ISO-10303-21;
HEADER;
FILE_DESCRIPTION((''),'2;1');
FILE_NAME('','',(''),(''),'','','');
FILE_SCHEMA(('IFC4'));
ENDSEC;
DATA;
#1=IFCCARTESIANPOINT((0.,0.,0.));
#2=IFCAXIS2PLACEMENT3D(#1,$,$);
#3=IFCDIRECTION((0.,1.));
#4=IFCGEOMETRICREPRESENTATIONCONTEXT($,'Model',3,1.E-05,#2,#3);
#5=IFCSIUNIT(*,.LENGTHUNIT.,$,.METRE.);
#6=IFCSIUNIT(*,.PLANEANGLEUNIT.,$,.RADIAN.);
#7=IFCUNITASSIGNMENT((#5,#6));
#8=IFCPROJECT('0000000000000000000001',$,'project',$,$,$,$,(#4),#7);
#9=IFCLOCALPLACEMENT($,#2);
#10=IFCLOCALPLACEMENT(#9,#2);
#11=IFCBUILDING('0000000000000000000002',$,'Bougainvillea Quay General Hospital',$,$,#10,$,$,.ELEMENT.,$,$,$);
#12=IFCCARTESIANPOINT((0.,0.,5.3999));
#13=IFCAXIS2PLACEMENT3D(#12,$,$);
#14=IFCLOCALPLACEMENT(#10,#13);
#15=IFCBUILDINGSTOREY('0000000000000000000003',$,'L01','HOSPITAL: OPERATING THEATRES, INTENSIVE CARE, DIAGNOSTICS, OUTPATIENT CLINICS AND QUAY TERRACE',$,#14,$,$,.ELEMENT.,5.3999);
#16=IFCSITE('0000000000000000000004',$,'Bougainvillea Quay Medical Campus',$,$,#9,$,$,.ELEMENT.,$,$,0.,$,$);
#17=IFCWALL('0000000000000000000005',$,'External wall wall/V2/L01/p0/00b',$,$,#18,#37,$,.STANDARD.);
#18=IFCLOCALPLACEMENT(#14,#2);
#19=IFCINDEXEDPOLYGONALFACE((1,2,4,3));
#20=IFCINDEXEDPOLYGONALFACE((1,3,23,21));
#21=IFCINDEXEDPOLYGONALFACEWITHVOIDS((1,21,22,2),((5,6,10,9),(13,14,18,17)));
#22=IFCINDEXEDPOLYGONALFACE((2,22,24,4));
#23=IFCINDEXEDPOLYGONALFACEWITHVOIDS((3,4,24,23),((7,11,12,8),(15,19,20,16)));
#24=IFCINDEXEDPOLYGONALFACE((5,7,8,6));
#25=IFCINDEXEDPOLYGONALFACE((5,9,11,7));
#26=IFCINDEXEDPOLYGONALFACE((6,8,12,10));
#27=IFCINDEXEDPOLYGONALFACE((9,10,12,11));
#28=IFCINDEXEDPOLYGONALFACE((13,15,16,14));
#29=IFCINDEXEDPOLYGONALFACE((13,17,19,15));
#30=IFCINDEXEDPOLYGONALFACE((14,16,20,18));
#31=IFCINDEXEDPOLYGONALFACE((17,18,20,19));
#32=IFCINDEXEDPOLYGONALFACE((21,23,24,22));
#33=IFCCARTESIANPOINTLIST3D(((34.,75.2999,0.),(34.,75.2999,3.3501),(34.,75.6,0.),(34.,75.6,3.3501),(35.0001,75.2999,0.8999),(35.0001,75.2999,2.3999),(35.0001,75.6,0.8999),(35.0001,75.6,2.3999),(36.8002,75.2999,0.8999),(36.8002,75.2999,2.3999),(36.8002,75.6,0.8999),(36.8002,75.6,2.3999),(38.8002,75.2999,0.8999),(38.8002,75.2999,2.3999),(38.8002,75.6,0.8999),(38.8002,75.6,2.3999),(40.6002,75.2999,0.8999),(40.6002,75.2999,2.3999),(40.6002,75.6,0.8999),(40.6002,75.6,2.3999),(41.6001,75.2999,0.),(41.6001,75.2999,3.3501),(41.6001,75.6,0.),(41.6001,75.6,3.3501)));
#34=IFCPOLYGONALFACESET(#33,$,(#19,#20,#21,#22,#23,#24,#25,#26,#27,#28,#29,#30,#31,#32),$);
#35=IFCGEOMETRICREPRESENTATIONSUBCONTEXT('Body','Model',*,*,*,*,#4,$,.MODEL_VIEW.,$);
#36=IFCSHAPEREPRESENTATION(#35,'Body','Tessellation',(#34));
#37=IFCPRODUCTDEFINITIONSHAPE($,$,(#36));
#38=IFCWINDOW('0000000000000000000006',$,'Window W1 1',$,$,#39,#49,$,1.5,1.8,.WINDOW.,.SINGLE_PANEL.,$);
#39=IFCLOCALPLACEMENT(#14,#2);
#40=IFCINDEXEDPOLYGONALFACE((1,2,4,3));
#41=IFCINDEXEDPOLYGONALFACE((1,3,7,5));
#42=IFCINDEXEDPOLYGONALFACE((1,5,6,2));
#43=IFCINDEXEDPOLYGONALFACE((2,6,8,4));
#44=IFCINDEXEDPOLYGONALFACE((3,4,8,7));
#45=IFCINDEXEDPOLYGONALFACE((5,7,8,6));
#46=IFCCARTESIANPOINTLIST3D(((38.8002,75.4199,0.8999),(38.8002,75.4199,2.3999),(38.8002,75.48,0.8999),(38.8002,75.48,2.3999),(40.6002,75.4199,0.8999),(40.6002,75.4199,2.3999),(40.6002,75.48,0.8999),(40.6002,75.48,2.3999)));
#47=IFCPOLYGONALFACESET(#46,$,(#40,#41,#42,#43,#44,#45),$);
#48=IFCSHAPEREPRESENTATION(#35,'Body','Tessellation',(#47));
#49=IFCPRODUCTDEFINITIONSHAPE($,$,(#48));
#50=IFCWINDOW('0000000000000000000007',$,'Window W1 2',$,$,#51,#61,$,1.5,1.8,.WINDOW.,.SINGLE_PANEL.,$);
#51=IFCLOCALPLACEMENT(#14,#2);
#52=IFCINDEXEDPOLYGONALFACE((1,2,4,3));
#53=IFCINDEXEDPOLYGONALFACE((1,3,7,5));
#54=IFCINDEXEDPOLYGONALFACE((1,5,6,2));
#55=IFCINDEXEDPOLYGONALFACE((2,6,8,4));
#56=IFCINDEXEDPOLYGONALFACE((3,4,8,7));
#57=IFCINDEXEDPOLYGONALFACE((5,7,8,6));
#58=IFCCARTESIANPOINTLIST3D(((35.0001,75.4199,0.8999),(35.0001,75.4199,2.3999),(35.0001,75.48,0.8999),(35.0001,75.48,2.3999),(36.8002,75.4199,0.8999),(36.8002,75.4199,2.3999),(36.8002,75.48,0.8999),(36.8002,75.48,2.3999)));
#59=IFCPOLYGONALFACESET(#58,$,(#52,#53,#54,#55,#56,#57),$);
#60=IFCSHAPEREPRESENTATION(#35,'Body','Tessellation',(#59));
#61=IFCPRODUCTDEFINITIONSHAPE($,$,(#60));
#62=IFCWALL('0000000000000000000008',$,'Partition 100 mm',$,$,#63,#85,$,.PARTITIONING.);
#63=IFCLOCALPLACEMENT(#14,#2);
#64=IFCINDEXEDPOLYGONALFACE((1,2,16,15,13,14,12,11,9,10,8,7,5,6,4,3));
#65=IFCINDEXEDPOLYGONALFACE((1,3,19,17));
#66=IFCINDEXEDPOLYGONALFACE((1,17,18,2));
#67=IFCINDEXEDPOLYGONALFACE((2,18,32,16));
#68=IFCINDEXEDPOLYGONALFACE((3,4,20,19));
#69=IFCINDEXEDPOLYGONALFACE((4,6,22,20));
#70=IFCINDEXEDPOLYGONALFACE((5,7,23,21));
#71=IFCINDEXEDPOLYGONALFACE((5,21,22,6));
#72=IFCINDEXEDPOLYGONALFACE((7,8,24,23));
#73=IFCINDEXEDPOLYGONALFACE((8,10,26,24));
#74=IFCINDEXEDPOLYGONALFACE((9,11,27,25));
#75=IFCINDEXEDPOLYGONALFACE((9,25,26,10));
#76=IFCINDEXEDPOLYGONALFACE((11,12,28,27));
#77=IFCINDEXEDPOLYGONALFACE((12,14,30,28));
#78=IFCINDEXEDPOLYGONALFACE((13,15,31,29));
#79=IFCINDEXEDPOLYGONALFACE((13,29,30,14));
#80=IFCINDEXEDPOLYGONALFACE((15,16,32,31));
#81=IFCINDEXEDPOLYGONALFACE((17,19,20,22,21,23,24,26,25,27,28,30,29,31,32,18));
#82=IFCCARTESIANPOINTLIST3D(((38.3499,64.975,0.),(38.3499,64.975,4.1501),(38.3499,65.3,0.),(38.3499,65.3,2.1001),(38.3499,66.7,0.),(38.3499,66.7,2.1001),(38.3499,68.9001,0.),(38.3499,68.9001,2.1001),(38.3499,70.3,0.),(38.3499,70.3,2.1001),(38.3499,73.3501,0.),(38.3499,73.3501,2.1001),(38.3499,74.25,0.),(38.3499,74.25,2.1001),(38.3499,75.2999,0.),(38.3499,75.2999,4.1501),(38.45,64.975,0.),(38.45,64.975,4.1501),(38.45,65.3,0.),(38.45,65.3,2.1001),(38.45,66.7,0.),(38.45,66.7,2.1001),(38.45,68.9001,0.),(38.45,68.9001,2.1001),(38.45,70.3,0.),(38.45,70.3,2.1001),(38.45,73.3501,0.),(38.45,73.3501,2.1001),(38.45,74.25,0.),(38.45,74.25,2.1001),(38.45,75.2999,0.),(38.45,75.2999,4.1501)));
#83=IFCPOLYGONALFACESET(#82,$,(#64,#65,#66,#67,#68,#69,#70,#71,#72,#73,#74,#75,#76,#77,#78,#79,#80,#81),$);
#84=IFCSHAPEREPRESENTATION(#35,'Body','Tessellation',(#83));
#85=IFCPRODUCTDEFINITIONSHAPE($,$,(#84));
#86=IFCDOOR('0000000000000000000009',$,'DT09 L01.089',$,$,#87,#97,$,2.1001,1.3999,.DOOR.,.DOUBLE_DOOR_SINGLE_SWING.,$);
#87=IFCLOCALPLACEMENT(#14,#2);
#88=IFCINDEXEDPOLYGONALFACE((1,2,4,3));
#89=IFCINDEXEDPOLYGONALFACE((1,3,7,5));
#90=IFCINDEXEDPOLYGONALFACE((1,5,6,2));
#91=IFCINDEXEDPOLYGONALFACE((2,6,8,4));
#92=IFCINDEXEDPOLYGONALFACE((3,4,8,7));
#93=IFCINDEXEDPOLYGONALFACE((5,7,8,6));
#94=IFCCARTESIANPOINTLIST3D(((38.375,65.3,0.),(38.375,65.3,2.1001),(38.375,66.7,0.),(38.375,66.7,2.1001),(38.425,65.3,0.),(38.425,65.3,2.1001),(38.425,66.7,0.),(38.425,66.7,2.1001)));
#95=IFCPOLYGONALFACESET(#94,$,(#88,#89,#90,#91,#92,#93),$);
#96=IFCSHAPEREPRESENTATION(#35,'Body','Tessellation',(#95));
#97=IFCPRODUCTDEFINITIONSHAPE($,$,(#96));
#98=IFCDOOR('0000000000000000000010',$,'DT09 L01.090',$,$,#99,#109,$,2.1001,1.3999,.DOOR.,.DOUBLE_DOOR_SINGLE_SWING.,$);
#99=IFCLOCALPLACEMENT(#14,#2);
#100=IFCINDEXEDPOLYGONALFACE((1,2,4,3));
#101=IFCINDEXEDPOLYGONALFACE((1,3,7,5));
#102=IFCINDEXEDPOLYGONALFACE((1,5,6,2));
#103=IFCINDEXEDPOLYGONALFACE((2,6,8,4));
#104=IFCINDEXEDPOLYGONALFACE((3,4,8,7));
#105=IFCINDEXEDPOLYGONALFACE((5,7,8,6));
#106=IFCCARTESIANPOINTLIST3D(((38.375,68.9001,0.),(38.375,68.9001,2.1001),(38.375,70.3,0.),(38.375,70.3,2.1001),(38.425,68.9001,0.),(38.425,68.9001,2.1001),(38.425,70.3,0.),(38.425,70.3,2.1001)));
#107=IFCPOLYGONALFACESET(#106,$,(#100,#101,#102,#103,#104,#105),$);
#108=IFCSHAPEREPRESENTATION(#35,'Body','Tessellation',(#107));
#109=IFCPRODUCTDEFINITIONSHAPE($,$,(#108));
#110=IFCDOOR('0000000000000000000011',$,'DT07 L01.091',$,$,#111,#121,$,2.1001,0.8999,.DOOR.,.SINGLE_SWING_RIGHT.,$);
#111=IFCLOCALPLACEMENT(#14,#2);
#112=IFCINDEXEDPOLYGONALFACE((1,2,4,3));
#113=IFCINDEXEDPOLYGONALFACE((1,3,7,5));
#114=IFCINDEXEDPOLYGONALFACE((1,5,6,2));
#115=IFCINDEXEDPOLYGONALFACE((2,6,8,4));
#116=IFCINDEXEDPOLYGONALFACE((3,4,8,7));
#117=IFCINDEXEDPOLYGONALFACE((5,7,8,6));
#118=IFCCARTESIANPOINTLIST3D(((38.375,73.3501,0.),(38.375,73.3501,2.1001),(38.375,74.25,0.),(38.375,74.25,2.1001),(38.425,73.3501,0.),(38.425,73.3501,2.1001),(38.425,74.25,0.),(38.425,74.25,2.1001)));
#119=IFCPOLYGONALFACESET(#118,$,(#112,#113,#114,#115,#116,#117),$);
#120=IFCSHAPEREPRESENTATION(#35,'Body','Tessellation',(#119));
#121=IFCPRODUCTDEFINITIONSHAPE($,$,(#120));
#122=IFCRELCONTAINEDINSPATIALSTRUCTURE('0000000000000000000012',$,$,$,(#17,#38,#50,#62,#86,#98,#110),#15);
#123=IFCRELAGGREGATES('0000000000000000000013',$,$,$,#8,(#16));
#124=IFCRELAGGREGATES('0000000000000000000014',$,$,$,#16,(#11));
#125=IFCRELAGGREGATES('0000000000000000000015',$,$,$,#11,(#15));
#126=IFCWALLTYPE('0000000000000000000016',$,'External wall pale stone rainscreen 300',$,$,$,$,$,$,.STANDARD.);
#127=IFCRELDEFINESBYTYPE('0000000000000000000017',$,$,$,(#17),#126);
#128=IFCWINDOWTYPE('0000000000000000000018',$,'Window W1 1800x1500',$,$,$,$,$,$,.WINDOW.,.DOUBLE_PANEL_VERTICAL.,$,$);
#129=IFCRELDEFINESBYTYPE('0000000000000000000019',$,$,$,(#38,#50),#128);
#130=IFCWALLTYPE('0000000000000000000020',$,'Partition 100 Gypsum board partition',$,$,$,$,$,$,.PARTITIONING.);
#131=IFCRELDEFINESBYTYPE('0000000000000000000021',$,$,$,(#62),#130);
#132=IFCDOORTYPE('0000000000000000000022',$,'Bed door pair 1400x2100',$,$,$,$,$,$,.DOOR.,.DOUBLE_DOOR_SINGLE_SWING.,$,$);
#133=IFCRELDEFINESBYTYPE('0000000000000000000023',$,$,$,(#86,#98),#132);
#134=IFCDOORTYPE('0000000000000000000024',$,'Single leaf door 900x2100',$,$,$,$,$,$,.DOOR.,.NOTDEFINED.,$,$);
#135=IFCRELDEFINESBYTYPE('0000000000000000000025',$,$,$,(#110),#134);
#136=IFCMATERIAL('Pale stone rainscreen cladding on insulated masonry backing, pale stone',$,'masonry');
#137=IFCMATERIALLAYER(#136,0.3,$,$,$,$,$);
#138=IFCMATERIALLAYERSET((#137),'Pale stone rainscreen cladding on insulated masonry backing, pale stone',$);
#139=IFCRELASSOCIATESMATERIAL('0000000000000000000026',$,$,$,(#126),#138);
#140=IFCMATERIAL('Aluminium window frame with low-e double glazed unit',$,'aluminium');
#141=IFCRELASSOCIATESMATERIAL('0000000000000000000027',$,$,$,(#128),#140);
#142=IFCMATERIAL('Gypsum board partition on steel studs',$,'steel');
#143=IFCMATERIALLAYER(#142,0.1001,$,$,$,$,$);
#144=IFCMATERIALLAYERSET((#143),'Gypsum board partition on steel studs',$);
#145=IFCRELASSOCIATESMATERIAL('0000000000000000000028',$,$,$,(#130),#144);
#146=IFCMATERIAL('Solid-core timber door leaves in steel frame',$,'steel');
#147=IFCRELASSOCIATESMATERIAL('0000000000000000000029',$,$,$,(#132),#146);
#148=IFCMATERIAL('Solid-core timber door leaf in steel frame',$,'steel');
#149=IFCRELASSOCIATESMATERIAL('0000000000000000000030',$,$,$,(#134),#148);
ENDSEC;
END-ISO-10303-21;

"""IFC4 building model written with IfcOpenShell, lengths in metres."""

from ifc_helpers import new_model, si_unit, direction, frame, frame_2d, origin, place, context, subcontext, project, spatial, rectangle, extrude, material, layer, layer_set, type_object, element, fill, save


model = new_model("IFC4")

# Units and contexts
model_context = context("Model", 3, precision=1e-05, world=origin(), true_north=direction((0.0, 1.0)))
body_context = subcontext(model_context, "Body", "Model", "MODEL_VIEW")
ifc_project = project(units=[si_unit("LENGTHUNIT", "METRE"), si_unit("PLANEANGLEUNIT", "RADIAN")], contexts=[model_context])

# Site, building, storey
site_placement = place(None, origin())
site = spatial("IfcSite", under=ifc_project, at=site_placement, Name="Bougainvillea Quay Medical Campus", CompositionType="ELEMENT", RefElevation=0.0)
building_placement = place(site_placement, origin())
building = spatial("IfcBuilding", under=site, at=building_placement, Name="Bougainvillea Quay General Hospital", CompositionType="ELEMENT")
storey_placement = place(building_placement, frame((0.0, 0.0, 5.3999)))
storey = spatial("IfcBuildingStorey", under=building, at=storey_placement, Name="L01", Description="HOSPITAL: OPERATING THEATRES, INTENSIVE CARE, DIAGNOSTICS, OUTPATIENT CLINICS AND QUAY TERRACE", CompositionType="ELEMENT", Elevation=5.3999)

# Wall, openings, windows
ifc_material_1 = material(Name="Pale stone rainscreen cladding on insulated masonry backing, pale stone", Category="masonry")
ifc_layer_1 = layer(ifc_material_1, 0.3)
ifc_layer_set_1 = layer_set([ifc_layer_1], Name="Pale stone rainscreen cladding on insulated masonry backing, pale stone")
wall_type_1 = type_object("IfcWallType", Name="External wall pale stone rainscreen 300", PredefinedType="STANDARD", material=ifc_layer_set_1)
wall_1_placement = place(storey_placement, frame((41.6001, 75.45, 0.0), z_axis=(0.0, 0.0, 1.0), x_axis=(-1.0, 0.0, 0.0)))
wall_1 = element("IfcWall", 1, at=wall_1_placement, inside=storey, type_object=wall_type_1, Name="External wall wall/V2/L01/p0/00b", PredefinedType="STANDARD", context=body_context, shape_type="SweptSolid", body=[
    extrude(rectangle(XDim=7.6001, YDim=0.3, at=frame_2d((3.8, 0.0))), origin(), (0.0, 0.0, 1.0), 3.3501),
])
opening_1_placement = place(wall_1_placement, frame((1.0, 0.0, 0.8999)))
opening_1 = element("IfcOpeningElement", 2, at=opening_1_placement, cuts=wall_1, PredefinedType="OPENING", context=body_context, shape_type="SweptSolid", body=[
    extrude(rectangle(XDim=1.8, YDim=1.5, at=frame_2d((0.8999, 0.75))), frame((0.0, 0.1599, 0.0), z_axis=(0.0, -1.0, 0.0), x_axis=(1.0, 0.0, 0.0)), (0.0, 0.0, 1.0), 0.3201),
])
opening_2_placement = place(wall_1_placement, frame((4.8, 0.0, 0.8999)))
opening_2 = element("IfcOpeningElement", 3, at=opening_2_placement, cuts=wall_1, PredefinedType="OPENING", context=body_context, shape_type="SweptSolid", body=[
    extrude(rectangle(XDim=1.8, YDim=1.5, at=frame_2d((0.8999, 0.75))), frame((0.0, 0.1599, 0.0), z_axis=(0.0, -1.0, 0.0), x_axis=(1.0, 0.0, 0.0)), (0.0, 0.0, 1.0), 0.3201),
])
ifc_material_2 = material(Name="Aluminium window frame with low-e double glazed unit", Category="aluminium")
window_type = type_object("IfcWindowType", Name="Window W1 1800x1500", PartitioningType="DOUBLE_PANEL_VERTICAL", PredefinedType="WINDOW", material=ifc_material_2)
window_1_placement = place(opening_1_placement, origin())
window_1 = element("IfcWindow", 4, at=window_1_placement, inside=storey, type_object=window_type, Name="Window W1 1", OverallHeight=1.5, OverallWidth=1.8, PartitioningType="SINGLE_PANEL", PredefinedType="WINDOW", context=body_context, shape_type="SweptSolid", body=[
    extrude(rectangle(XDim=1.8, YDim=1.5, at=frame_2d((0.8999, 0.75))), frame((0.0, 0.03, 0.0), z_axis=(0.0, -1.0, 0.0), x_axis=(1.0, 0.0, 0.0)), (0.0, 0.0, 1.0), 0.0601),
])
fill(opening_1, window_1)
window_2_placement = place(opening_2_placement, origin())
window_2 = element("IfcWindow", 5, at=window_2_placement, inside=storey, type_object=window_type, Name="Window W1 2", OverallHeight=1.5, OverallWidth=1.8, PartitioningType="SINGLE_PANEL", PredefinedType="WINDOW", context=body_context, shape_type="SweptSolid", body=[
    extrude(rectangle(XDim=1.8, YDim=1.5, at=frame_2d((0.8999, 0.75))), frame((0.0, 0.03, 0.0), z_axis=(0.0, -1.0, 0.0), x_axis=(1.0, 0.0, 0.0)), (0.0, 0.0, 1.0), 0.0601),
])
fill(opening_2, window_2)

# Wall, openings, doors
ifc_material_3 = material(Name="Gypsum board partition on steel studs", Category="steel")
ifc_layer_2 = layer(ifc_material_3, 0.1001)
ifc_layer_set_2 = layer_set([ifc_layer_2], Name="Gypsum board partition on steel studs")
wall_type_2 = type_object("IfcWallType", Name="Partition 100 Gypsum board partition", PredefinedType="PARTITIONING", material=ifc_layer_set_2)
wall_2_placement = place(storey_placement, frame((38.3999, 75.3, 0.0), z_axis=(0.0, 0.0, 1.0), x_axis=(0.0, -1.0, 0.0)))
wall_2 = element("IfcWall", 6, at=wall_2_placement, inside=storey, type_object=wall_type_2, Name="Partition 100 mm", PredefinedType="PARTITIONING", context=body_context, shape_type="SweptSolid", body=[
    extrude(rectangle(XDim=10.325, YDim=0.1001, at=frame_2d((5.1626, 0.0))), origin(), (0.0, 0.0, 1.0), 4.1501),
])
opening_3_placement = place(wall_2_placement, frame((8.6001, 0.0, 0.0)))
opening_3 = element("IfcOpeningElement", 7, at=opening_3_placement, cuts=wall_2, PredefinedType="OPENING", context=body_context, shape_type="SweptSolid", body=[
    extrude(rectangle(XDim=1.3999, YDim=2.1001, at=frame_2d((0.7, 1.05))), frame((0.0, 0.0601, 0.0), z_axis=(0.0, -1.0, 0.0), x_axis=(1.0, 0.0, 0.0)), (0.0, 0.0, 1.0), 0.1201),
])
opening_4_placement = place(wall_2_placement, frame((5.0, 0.0, 0.0)))
opening_4 = element("IfcOpeningElement", 8, at=opening_4_placement, cuts=wall_2, PredefinedType="OPENING", context=body_context, shape_type="SweptSolid", body=[
    extrude(rectangle(XDim=1.3999, YDim=2.1001, at=frame_2d((0.7, 1.05))), frame((0.0, 0.0601, 0.0), z_axis=(0.0, -1.0, 0.0), x_axis=(1.0, 0.0, 0.0)), (0.0, 0.0, 1.0), 0.1201),
])
opening_5_placement = place(wall_2_placement, frame((1.05, 0.0, 0.0)))
opening_5 = element("IfcOpeningElement", 9, at=opening_5_placement, cuts=wall_2, PredefinedType="OPENING", context=body_context, shape_type="SweptSolid", body=[
    extrude(rectangle(XDim=0.8999, YDim=2.1001, at=frame_2d((0.45, 1.05))), frame((0.0, 0.0601, 0.0), z_axis=(0.0, -1.0, 0.0), x_axis=(1.0, 0.0, 0.0)), (0.0, 0.0, 1.0), 0.1201),
])
ifc_material_4 = material(Name="Solid-core timber door leaves in steel frame", Category="steel")
door_type_1 = type_object("IfcDoorType", Name="Bed door pair 1400x2100", OperationType="DOUBLE_DOOR_SINGLE_SWING", PredefinedType="DOOR", material=ifc_material_4)
door_1_placement = place(opening_3_placement, frame((1.3999, 0.0, 0.0), z_axis=(0.0, 0.0, 1.0), x_axis=(-1.0, 0.0, 0.0)))
door_1 = element("IfcDoor", 10, at=door_1_placement, inside=storey, type_object=door_type_1, Name="DT09 L01.089", OperationType="DOUBLE_DOOR_SINGLE_SWING", OverallHeight=2.1001, OverallWidth=1.3999, PredefinedType="DOOR", context=body_context, shape_type="SweptSolid", body=[
    extrude(rectangle(XDim=1.3999, YDim=2.1001, at=frame_2d((0.7, 1.05))), frame((0.0, 0.0249, 0.0), z_axis=(0.0, -1.0, 0.0), x_axis=(1.0, 0.0, 0.0)), (0.0, 0.0, 1.0), 0.05),
])
fill(opening_3, door_1)
door_2_placement = place(opening_4_placement, frame((1.3999, 0.0, 0.0), z_axis=(0.0, 0.0, 1.0), x_axis=(-1.0, 0.0, 0.0)))
door_2 = element("IfcDoor", 11, at=door_2_placement, inside=storey, type_object=door_type_1, Name="DT09 L01.090", OperationType="DOUBLE_DOOR_SINGLE_SWING", OverallHeight=2.1001, OverallWidth=1.3999, PredefinedType="DOOR", context=body_context, shape_type="SweptSolid", body=[
    extrude(rectangle(XDim=1.3999, YDim=2.1001, at=frame_2d((0.7, 1.05))), frame((0.0, 0.0249, 0.0), z_axis=(0.0, -1.0, 0.0), x_axis=(1.0, 0.0, 0.0)), (0.0, 0.0, 1.0), 0.05),
])
fill(opening_4, door_2)
ifc_material_5 = material(Name="Solid-core timber door leaf in steel frame", Category="steel")
door_type_2 = type_object("IfcDoorType", Name="Single leaf door 900x2100", OperationType="NOTDEFINED", PredefinedType="DOOR", material=ifc_material_5)
door_3_placement = place(opening_5_placement, frame((0.8999, 0.0, 0.0), z_axis=(0.0, 0.0, 1.0), x_axis=(-1.0, 0.0, 0.0)))
door_3 = element("IfcDoor", 12, at=door_3_placement, inside=storey, type_object=door_type_2, Name="DT07 L01.091", OperationType="SINGLE_SWING_RIGHT", OverallHeight=2.1001, OverallWidth=0.8999, PredefinedType="DOOR", context=body_context, shape_type="SweptSolid", body=[
    extrude(rectangle(XDim=0.8999, YDim=2.1001, at=frame_2d((0.45, 1.05))), frame((0.0, 0.0249, 0.0), z_axis=(0.0, -1.0, 0.0), x_axis=(1.0, 0.0, 0.0)), (0.0, 0.0, 1.0), 0.05),
])
fill(opening_5, door_3)

save(model, "model.ifc")
